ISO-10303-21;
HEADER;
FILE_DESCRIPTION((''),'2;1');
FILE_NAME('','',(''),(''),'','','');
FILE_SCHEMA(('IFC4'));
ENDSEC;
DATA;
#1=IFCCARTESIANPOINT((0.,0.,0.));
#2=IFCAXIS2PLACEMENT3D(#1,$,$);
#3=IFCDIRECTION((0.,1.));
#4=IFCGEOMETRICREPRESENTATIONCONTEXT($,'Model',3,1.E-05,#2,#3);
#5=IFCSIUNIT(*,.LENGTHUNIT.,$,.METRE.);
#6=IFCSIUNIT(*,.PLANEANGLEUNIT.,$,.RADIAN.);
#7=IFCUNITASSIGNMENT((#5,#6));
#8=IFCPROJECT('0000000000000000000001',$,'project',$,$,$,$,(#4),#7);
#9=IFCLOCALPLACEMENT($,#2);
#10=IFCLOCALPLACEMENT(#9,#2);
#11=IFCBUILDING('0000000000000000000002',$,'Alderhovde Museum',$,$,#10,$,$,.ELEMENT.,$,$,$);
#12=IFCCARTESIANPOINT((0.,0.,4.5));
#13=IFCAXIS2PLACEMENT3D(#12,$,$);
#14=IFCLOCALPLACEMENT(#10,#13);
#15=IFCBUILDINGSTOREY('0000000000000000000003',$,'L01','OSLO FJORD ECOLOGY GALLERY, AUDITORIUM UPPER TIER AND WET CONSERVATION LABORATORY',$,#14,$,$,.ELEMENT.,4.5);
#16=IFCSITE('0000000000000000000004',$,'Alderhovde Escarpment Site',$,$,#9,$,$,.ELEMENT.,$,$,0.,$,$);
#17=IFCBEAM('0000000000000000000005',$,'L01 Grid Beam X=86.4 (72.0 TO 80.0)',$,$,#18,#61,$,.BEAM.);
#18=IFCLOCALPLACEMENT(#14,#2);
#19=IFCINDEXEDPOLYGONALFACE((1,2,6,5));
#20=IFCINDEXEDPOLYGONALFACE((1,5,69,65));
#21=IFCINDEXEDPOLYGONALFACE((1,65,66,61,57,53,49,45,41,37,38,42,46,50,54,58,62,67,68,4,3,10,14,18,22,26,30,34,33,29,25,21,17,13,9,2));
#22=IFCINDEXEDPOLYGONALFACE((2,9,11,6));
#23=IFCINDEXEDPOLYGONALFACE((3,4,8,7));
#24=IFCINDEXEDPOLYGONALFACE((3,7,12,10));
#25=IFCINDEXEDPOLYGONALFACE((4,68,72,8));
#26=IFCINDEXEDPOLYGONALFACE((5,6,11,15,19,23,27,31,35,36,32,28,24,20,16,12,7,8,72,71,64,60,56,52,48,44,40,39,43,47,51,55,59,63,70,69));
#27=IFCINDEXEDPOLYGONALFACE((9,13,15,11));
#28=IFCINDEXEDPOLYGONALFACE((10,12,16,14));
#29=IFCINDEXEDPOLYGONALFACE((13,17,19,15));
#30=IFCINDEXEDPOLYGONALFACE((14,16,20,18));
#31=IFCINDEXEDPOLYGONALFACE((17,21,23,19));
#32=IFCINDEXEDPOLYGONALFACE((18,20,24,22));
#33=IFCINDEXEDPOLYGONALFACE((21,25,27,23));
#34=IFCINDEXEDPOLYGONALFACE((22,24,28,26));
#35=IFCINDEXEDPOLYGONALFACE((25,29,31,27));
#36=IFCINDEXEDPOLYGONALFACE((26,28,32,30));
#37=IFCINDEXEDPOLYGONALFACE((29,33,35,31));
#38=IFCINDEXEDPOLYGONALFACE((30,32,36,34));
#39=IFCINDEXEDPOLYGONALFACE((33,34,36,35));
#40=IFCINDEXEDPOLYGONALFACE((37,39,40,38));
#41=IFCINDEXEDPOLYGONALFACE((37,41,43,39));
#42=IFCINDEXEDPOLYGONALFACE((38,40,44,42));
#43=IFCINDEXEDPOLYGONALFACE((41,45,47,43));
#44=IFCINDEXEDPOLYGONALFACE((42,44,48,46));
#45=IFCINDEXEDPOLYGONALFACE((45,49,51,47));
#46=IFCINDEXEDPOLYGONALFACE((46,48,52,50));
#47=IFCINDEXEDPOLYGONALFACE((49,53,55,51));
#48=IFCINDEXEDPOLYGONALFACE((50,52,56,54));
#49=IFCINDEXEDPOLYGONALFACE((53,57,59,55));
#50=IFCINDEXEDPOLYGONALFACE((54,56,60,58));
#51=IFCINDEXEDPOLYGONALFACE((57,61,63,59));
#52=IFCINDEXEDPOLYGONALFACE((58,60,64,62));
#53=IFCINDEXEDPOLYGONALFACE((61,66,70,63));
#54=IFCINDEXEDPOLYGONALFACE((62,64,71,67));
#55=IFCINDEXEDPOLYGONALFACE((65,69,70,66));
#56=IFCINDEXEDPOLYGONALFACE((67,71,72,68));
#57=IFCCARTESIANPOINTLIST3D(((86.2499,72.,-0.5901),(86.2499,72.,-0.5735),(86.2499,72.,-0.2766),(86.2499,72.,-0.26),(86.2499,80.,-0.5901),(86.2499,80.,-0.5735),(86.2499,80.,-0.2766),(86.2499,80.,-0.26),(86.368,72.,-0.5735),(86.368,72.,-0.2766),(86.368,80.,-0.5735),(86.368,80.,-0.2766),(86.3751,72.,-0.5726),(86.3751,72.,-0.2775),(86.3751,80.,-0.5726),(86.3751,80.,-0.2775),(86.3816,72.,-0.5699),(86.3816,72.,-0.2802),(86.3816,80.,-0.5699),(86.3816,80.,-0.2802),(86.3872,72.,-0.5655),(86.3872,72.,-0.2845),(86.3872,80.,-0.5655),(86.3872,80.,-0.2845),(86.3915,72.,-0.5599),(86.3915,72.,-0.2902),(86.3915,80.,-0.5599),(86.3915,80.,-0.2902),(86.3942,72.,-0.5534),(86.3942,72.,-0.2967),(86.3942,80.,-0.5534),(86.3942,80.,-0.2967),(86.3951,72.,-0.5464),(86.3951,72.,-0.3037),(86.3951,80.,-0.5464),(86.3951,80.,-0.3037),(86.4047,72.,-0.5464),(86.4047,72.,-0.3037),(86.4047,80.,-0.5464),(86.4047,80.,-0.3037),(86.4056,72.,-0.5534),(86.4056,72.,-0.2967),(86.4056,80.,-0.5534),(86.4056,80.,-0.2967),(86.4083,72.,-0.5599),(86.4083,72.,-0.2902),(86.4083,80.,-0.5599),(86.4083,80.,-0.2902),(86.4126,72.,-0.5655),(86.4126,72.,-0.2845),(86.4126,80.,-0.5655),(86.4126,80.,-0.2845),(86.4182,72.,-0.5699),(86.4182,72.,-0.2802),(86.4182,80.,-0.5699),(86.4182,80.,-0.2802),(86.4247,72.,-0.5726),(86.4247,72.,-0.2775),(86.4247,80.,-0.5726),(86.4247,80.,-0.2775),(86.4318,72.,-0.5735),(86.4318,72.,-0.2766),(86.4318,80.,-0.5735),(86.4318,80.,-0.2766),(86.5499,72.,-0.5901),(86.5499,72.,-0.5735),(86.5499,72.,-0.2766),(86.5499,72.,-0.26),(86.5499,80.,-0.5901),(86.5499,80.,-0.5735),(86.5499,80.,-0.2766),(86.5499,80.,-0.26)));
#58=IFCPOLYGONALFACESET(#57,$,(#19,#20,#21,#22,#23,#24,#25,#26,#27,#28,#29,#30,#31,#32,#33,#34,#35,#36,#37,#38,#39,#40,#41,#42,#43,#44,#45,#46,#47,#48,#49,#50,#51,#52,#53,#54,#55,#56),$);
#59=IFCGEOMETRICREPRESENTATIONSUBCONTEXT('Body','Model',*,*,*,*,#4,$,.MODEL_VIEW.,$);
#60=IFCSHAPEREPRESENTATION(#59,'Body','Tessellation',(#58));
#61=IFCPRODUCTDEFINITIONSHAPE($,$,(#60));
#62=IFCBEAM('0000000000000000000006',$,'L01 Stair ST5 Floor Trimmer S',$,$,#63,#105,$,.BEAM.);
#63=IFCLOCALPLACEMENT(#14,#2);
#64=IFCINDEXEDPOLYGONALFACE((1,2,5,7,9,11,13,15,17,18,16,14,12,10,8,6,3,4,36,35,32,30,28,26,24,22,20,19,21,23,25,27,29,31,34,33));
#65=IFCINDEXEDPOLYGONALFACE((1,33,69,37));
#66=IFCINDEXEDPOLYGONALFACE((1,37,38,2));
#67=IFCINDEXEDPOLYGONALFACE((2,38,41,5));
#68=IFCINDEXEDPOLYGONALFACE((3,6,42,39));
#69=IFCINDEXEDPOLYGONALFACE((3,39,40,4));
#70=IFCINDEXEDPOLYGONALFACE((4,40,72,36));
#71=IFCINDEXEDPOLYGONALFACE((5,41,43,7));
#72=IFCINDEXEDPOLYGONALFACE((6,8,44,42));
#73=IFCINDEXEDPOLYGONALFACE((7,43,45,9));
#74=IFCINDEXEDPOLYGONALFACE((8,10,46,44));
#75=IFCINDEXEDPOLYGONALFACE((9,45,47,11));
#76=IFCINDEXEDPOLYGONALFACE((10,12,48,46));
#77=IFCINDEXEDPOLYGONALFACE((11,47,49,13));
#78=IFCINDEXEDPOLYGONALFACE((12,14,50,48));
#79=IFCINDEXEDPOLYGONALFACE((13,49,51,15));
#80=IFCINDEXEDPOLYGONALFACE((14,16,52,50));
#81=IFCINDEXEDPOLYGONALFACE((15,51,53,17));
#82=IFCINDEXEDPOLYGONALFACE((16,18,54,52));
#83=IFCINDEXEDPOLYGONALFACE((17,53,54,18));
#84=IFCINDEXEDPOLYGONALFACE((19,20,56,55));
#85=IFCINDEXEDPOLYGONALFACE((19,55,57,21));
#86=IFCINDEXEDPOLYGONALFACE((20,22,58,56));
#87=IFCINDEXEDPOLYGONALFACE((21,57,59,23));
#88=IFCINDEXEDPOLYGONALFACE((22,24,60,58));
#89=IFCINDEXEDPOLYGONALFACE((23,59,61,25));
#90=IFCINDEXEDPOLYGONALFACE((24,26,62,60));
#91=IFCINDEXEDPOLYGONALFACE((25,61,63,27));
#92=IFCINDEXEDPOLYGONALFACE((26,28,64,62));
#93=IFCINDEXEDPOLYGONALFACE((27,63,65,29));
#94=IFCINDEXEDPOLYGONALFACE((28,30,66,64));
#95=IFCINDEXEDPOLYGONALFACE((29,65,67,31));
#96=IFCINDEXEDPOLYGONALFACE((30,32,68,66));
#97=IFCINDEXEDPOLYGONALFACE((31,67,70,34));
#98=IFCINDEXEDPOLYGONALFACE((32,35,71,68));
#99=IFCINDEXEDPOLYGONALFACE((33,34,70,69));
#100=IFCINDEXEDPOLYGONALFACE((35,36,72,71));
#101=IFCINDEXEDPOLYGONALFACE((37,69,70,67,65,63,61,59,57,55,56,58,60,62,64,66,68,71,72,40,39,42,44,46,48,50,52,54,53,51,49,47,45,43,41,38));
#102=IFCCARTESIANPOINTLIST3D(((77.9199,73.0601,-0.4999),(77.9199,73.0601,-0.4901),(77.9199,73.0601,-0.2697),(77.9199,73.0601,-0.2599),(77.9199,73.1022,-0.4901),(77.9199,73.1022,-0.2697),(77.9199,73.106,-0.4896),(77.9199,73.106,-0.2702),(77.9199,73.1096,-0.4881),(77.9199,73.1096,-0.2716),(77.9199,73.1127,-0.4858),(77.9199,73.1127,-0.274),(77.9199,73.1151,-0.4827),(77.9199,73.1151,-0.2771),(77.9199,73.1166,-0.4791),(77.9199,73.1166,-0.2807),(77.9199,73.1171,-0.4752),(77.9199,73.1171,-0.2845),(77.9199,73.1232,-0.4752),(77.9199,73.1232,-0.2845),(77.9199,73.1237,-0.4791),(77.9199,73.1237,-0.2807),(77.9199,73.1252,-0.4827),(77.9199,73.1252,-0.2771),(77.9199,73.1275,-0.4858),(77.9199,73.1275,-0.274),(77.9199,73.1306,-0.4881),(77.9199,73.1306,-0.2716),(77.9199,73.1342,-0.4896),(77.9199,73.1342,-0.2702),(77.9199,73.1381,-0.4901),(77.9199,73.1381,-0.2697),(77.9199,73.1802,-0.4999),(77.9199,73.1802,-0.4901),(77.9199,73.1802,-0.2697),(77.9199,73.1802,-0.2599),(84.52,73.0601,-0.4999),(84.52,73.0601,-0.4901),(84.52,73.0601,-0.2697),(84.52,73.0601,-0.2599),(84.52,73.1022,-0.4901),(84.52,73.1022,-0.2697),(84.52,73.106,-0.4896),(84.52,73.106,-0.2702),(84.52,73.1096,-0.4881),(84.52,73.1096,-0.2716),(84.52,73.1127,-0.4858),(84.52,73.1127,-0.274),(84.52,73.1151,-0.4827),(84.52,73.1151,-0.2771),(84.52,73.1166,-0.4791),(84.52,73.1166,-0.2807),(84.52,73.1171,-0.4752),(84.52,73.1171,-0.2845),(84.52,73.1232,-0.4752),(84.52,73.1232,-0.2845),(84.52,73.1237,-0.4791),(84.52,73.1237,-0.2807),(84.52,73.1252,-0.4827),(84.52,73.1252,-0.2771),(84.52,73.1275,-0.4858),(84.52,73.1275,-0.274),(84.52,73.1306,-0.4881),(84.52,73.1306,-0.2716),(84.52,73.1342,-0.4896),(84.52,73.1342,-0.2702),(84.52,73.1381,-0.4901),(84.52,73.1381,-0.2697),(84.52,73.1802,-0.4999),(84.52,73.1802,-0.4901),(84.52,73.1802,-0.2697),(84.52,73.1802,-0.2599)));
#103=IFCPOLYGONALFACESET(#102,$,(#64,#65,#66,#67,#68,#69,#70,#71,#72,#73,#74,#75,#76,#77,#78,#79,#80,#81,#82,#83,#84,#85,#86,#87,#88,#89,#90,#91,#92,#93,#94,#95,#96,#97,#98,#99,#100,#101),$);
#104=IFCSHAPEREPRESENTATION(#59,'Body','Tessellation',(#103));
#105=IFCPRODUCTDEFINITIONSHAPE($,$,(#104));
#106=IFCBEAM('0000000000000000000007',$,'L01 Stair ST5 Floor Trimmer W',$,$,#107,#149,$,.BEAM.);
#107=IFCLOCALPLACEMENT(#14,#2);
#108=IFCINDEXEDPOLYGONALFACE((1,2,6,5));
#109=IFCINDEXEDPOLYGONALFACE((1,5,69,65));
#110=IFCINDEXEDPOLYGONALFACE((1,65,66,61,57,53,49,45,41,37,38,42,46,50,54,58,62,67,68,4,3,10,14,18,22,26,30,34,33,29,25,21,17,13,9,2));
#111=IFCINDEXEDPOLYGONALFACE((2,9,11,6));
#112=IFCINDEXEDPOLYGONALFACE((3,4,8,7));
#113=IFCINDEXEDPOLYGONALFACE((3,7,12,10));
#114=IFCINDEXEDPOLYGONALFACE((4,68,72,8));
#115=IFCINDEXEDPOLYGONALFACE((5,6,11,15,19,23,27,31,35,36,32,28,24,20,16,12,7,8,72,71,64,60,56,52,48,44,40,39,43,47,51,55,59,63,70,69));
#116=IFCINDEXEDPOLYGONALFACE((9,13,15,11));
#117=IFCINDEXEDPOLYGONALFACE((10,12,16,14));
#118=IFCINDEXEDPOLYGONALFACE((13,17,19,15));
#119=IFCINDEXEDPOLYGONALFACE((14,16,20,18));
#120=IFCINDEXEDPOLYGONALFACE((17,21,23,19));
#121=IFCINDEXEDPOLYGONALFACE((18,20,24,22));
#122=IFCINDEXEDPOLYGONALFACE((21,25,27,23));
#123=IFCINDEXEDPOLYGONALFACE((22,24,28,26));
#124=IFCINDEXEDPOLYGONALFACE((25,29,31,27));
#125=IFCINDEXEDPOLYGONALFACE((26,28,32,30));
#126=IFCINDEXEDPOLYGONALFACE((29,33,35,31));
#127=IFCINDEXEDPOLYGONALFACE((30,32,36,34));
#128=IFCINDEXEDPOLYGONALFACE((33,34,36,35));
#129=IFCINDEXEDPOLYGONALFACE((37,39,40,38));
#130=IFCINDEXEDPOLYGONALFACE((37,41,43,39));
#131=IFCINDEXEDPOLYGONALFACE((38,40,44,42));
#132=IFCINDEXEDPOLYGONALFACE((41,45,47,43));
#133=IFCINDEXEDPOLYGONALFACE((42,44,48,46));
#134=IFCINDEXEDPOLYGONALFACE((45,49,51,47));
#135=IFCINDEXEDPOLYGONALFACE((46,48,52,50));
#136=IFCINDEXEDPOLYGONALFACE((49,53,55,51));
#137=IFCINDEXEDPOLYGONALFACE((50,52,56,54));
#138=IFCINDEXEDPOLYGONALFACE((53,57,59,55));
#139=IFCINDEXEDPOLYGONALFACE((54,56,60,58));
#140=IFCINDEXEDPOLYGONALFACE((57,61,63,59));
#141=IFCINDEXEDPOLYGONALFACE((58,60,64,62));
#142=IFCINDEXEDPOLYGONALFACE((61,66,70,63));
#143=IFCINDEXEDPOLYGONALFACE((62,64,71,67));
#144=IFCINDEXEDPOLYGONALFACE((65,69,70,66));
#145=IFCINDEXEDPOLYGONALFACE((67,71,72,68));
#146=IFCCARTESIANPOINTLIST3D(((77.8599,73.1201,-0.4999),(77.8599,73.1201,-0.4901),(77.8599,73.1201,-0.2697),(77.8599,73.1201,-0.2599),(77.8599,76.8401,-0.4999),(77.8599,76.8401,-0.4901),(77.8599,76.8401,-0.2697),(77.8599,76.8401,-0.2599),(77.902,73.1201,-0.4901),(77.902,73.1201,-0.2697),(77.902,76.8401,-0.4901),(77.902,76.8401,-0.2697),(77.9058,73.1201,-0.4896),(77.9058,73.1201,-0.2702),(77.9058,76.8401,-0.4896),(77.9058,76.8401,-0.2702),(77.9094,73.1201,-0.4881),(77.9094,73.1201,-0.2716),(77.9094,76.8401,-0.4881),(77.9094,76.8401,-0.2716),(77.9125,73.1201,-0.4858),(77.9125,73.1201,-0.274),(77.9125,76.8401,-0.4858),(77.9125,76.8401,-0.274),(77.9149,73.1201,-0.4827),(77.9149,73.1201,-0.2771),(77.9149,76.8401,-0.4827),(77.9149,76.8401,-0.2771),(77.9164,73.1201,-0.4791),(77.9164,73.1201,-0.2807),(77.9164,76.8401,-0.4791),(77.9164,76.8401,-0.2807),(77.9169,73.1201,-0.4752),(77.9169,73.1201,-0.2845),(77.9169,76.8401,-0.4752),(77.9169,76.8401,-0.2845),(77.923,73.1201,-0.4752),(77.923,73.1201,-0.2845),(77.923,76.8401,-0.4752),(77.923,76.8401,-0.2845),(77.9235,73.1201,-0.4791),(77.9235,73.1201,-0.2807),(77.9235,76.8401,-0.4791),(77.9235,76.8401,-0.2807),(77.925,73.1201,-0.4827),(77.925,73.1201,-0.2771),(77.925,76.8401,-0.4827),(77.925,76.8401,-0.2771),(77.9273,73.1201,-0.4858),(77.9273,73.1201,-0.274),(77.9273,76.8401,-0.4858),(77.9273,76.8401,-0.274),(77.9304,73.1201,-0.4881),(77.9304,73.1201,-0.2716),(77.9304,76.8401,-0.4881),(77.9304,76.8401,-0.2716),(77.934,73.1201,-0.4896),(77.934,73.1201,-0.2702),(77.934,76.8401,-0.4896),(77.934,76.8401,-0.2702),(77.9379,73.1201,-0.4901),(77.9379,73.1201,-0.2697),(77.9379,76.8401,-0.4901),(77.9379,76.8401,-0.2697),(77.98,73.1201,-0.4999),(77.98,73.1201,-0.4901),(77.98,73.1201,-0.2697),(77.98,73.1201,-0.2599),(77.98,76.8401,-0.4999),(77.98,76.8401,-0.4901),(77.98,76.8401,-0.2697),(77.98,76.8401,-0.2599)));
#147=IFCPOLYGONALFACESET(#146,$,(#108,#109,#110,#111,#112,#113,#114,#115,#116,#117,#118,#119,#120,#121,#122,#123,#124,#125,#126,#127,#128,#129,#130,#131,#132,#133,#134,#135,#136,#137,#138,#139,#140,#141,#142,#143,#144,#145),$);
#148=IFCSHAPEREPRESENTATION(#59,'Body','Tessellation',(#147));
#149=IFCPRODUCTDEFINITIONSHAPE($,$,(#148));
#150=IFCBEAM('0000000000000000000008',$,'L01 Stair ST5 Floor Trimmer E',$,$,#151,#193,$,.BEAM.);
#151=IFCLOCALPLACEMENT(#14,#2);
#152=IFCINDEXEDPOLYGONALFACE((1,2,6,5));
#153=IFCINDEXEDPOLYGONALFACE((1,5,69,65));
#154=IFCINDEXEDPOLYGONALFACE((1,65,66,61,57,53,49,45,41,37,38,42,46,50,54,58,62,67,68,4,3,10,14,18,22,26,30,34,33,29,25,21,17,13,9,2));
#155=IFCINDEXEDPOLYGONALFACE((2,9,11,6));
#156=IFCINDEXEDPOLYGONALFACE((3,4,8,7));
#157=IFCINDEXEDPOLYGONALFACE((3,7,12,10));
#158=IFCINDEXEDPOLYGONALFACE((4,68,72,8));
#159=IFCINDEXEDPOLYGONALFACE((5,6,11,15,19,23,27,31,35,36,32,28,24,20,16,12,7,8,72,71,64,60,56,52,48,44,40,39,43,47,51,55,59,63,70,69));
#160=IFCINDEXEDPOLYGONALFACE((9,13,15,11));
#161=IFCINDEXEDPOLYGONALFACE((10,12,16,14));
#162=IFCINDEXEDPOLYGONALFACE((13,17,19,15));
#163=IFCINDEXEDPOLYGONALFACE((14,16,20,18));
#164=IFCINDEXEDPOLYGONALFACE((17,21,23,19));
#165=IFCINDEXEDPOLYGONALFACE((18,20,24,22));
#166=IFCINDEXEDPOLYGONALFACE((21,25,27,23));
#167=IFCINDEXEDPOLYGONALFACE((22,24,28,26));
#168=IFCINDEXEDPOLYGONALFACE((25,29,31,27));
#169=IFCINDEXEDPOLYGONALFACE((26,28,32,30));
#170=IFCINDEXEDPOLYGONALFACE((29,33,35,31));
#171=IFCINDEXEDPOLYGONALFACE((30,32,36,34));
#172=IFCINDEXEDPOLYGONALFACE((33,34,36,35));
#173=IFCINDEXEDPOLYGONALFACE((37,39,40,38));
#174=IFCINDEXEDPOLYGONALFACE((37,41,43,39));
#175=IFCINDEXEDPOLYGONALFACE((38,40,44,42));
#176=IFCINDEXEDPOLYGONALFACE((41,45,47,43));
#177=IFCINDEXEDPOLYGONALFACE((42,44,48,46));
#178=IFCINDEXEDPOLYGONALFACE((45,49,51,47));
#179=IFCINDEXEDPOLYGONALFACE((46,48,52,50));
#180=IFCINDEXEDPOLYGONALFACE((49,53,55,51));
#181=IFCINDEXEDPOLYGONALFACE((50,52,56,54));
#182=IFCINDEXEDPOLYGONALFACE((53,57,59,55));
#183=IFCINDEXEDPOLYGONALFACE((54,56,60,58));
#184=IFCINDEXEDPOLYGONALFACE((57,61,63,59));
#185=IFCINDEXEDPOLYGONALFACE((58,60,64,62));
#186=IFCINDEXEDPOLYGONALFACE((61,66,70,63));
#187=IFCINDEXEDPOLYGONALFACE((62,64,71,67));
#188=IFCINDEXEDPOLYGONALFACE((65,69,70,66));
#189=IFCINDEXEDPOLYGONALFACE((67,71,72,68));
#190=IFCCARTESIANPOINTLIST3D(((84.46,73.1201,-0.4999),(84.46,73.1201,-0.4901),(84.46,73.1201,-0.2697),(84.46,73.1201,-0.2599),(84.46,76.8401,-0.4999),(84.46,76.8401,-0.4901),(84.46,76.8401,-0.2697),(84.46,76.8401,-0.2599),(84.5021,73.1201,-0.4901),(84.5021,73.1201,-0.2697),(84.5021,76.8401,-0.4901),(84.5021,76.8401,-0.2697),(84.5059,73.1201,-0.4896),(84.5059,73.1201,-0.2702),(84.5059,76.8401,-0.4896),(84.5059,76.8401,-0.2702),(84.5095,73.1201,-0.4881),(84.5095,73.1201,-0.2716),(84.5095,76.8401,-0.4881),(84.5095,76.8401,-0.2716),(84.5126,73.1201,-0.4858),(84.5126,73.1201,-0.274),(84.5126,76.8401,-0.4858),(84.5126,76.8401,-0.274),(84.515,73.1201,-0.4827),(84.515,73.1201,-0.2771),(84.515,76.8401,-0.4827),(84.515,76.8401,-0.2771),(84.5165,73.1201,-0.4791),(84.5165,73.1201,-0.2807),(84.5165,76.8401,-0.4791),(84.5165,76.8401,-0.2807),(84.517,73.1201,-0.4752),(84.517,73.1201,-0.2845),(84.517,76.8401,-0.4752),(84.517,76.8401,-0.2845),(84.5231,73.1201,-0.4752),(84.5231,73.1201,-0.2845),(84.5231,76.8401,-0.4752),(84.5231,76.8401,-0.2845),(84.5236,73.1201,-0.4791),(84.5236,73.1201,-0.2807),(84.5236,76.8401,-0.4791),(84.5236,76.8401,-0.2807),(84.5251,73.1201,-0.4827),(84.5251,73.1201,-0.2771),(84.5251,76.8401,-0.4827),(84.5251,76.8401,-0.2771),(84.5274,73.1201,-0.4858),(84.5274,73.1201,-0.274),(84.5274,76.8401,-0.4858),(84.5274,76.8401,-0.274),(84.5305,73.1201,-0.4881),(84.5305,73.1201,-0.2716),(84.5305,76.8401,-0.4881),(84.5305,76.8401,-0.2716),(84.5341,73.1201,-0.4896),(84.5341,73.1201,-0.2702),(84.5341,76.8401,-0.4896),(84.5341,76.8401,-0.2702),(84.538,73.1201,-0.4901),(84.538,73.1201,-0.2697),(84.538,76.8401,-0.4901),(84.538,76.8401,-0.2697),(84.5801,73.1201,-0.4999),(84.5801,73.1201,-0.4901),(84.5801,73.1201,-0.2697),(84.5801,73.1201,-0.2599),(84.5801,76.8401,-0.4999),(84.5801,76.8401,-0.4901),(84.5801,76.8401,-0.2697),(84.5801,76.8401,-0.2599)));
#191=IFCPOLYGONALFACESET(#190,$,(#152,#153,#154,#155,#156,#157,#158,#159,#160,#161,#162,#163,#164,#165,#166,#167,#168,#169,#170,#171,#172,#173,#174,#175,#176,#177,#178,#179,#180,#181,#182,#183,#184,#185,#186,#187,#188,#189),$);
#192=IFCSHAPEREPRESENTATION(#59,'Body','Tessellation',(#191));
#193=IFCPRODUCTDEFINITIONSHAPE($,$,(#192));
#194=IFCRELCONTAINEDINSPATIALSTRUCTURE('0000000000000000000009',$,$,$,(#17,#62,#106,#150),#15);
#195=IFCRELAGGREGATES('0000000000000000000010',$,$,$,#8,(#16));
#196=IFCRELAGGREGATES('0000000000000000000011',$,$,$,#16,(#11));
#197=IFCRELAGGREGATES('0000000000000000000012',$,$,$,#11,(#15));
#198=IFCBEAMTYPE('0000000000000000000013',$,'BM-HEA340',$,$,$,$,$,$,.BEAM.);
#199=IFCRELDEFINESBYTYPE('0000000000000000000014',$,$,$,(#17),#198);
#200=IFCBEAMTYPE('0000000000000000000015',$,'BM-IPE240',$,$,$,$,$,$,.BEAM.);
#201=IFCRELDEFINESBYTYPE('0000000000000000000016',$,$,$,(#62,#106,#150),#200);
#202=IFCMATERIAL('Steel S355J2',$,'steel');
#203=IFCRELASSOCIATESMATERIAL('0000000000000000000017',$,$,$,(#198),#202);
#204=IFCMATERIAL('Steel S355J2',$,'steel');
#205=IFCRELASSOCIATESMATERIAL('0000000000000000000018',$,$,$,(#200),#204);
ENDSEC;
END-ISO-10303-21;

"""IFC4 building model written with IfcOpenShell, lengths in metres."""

from ifc_helpers import new_model, si_unit, direction, frame, origin, origin_2d, place, context, subcontext, project, spatial, i_section, extrude, material, material_profile, profile_set, type_object, element, save


model = new_model("IFC4")

# Units and contexts
model_context = context("Model", 3, precision=1e-05, world=origin(), true_north=direction((0.0, 1.0)))
body_context = subcontext(model_context, "Body", "Model", "MODEL_VIEW")
ifc_project = project(units=[si_unit("LENGTHUNIT", "METRE"), si_unit("PLANEANGLEUNIT", "RADIAN")], contexts=[model_context])

# Site, building, storey
site_placement = place(None, origin())
site = spatial("IfcSite", under=ifc_project, at=site_placement, Name="Alderhovde Escarpment Site", CompositionType="ELEMENT", RefElevation=0.0)
building_placement = place(site_placement, origin())
building = spatial("IfcBuilding", under=site, at=building_placement, Name="Alderhovde Museum", CompositionType="ELEMENT")
storey_placement = place(building_placement, frame((0.0, 0.0, 4.5)))
storey = spatial("IfcBuildingStorey", under=building, at=storey_placement, Name="L01", Description="OSLO FJORD ECOLOGY GALLERY, AUDITORIUM UPPER TIER AND WET CONSERVATION LABORATORY", CompositionType="ELEMENT", Elevation=4.5)

# Beams
ifc_material_1 = material(Name="Steel S355J2", Category="steel")
ifc_material_profile_1 = material_profile(ifc_material_1, i_section(OverallWidth=0.3, OverallDepth=0.3301, WebThickness=0.0095, FlangeThickness=0.0166, FilletRadius=0.0271, at=origin_2d()), Name="HEA 340")
ifc_profile_set_1 = profile_set([ifc_material_profile_1], Name="Steel S355J2")
beam_type_1 = type_object("IfcBeamType", Name="BM-HEA340", PredefinedType="BEAM", material=ifc_profile_set_1)
beam_1_placement = place(storey_placement, frame((86.3999, 72.0, -0.425), z_axis=(0.0, 1.0, 0.0), x_axis=(-1.0, 0.0, 0.0)))
element("IfcBeam", 1, at=beam_1_placement, inside=storey, type_object=beam_type_1, Name="L01 Grid Beam X=86.4 (72.0 TO 80.0)", PredefinedType="BEAM", context=body_context, shape_type="SweptSolid", body=[
    extrude(i_section(OverallWidth=0.3, OverallDepth=0.3301, WebThickness=0.0095, FlangeThickness=0.0166, FilletRadius=0.0271, at=origin_2d()), origin(), (0.0, 0.0, 1.0), 8.0),
])
ifc_material_2 = material(Name="Steel S355J2", Category="steel")
ifc_material_profile_2 = material_profile(ifc_material_2, i_section(OverallWidth=0.1201, OverallDepth=0.24, WebThickness=0.0061, FlangeThickness=0.0098, FilletRadius=0.0149, at=origin_2d()), Name="IPE 240")
ifc_profile_set_2 = profile_set([ifc_material_profile_2], Name="Steel S355J2")
beam_type_2 = type_object("IfcBeamType", Name="BM-IPE240", PredefinedType="BEAM", material=ifc_profile_set_2)
beam_2_placement = place(storey_placement, frame((77.9199, 73.1201, -0.3799), z_axis=(1.0, 0.0, 0.0), x_axis=(0.0, 1.0, 0.0)))
element("IfcBeam", 2, at=beam_2_placement, inside=storey, type_object=beam_type_2, Name="L01 Stair ST5 Floor Trimmer S", PredefinedType="BEAM", context=body_context, shape_type="SweptSolid", body=[
    extrude(i_section(OverallWidth=0.1201, OverallDepth=0.24, WebThickness=0.0061, FlangeThickness=0.0098, FilletRadius=0.0149, at=origin_2d()), origin(), (0.0, 0.0, 1.0), 6.6001),
])
for number, where, z_axis, x_axis, name in (
    (3, (77.9199, 73.1201, -0.3799), (0.0, 1.0, 0.0), (-1.0, 0.0, 0.0), "L01 Stair ST5 Floor Trimmer W"),
    (4, (84.52, 73.1201, -0.3799), (0.0, 1.0, 0.0), (-1.0, 0.0, 0.0), "L01 Stair ST5 Floor Trimmer E"),
):
    element("IfcBeam", number, at=place(storey_placement, frame(where, z_axis=z_axis, x_axis=x_axis)), inside=storey, type_object=beam_type_2, Name=name, PredefinedType="BEAM", context=body_context, shape_type="SweptSolid", body=[
        extrude(i_section(OverallWidth=0.1201, OverallDepth=0.24, WebThickness=0.0061, FlangeThickness=0.0098, FilletRadius=0.0149, at=origin_2d()), origin(), (0.0, 0.0, 1.0), 3.72),
    ])

save(model, "model.ifc")
